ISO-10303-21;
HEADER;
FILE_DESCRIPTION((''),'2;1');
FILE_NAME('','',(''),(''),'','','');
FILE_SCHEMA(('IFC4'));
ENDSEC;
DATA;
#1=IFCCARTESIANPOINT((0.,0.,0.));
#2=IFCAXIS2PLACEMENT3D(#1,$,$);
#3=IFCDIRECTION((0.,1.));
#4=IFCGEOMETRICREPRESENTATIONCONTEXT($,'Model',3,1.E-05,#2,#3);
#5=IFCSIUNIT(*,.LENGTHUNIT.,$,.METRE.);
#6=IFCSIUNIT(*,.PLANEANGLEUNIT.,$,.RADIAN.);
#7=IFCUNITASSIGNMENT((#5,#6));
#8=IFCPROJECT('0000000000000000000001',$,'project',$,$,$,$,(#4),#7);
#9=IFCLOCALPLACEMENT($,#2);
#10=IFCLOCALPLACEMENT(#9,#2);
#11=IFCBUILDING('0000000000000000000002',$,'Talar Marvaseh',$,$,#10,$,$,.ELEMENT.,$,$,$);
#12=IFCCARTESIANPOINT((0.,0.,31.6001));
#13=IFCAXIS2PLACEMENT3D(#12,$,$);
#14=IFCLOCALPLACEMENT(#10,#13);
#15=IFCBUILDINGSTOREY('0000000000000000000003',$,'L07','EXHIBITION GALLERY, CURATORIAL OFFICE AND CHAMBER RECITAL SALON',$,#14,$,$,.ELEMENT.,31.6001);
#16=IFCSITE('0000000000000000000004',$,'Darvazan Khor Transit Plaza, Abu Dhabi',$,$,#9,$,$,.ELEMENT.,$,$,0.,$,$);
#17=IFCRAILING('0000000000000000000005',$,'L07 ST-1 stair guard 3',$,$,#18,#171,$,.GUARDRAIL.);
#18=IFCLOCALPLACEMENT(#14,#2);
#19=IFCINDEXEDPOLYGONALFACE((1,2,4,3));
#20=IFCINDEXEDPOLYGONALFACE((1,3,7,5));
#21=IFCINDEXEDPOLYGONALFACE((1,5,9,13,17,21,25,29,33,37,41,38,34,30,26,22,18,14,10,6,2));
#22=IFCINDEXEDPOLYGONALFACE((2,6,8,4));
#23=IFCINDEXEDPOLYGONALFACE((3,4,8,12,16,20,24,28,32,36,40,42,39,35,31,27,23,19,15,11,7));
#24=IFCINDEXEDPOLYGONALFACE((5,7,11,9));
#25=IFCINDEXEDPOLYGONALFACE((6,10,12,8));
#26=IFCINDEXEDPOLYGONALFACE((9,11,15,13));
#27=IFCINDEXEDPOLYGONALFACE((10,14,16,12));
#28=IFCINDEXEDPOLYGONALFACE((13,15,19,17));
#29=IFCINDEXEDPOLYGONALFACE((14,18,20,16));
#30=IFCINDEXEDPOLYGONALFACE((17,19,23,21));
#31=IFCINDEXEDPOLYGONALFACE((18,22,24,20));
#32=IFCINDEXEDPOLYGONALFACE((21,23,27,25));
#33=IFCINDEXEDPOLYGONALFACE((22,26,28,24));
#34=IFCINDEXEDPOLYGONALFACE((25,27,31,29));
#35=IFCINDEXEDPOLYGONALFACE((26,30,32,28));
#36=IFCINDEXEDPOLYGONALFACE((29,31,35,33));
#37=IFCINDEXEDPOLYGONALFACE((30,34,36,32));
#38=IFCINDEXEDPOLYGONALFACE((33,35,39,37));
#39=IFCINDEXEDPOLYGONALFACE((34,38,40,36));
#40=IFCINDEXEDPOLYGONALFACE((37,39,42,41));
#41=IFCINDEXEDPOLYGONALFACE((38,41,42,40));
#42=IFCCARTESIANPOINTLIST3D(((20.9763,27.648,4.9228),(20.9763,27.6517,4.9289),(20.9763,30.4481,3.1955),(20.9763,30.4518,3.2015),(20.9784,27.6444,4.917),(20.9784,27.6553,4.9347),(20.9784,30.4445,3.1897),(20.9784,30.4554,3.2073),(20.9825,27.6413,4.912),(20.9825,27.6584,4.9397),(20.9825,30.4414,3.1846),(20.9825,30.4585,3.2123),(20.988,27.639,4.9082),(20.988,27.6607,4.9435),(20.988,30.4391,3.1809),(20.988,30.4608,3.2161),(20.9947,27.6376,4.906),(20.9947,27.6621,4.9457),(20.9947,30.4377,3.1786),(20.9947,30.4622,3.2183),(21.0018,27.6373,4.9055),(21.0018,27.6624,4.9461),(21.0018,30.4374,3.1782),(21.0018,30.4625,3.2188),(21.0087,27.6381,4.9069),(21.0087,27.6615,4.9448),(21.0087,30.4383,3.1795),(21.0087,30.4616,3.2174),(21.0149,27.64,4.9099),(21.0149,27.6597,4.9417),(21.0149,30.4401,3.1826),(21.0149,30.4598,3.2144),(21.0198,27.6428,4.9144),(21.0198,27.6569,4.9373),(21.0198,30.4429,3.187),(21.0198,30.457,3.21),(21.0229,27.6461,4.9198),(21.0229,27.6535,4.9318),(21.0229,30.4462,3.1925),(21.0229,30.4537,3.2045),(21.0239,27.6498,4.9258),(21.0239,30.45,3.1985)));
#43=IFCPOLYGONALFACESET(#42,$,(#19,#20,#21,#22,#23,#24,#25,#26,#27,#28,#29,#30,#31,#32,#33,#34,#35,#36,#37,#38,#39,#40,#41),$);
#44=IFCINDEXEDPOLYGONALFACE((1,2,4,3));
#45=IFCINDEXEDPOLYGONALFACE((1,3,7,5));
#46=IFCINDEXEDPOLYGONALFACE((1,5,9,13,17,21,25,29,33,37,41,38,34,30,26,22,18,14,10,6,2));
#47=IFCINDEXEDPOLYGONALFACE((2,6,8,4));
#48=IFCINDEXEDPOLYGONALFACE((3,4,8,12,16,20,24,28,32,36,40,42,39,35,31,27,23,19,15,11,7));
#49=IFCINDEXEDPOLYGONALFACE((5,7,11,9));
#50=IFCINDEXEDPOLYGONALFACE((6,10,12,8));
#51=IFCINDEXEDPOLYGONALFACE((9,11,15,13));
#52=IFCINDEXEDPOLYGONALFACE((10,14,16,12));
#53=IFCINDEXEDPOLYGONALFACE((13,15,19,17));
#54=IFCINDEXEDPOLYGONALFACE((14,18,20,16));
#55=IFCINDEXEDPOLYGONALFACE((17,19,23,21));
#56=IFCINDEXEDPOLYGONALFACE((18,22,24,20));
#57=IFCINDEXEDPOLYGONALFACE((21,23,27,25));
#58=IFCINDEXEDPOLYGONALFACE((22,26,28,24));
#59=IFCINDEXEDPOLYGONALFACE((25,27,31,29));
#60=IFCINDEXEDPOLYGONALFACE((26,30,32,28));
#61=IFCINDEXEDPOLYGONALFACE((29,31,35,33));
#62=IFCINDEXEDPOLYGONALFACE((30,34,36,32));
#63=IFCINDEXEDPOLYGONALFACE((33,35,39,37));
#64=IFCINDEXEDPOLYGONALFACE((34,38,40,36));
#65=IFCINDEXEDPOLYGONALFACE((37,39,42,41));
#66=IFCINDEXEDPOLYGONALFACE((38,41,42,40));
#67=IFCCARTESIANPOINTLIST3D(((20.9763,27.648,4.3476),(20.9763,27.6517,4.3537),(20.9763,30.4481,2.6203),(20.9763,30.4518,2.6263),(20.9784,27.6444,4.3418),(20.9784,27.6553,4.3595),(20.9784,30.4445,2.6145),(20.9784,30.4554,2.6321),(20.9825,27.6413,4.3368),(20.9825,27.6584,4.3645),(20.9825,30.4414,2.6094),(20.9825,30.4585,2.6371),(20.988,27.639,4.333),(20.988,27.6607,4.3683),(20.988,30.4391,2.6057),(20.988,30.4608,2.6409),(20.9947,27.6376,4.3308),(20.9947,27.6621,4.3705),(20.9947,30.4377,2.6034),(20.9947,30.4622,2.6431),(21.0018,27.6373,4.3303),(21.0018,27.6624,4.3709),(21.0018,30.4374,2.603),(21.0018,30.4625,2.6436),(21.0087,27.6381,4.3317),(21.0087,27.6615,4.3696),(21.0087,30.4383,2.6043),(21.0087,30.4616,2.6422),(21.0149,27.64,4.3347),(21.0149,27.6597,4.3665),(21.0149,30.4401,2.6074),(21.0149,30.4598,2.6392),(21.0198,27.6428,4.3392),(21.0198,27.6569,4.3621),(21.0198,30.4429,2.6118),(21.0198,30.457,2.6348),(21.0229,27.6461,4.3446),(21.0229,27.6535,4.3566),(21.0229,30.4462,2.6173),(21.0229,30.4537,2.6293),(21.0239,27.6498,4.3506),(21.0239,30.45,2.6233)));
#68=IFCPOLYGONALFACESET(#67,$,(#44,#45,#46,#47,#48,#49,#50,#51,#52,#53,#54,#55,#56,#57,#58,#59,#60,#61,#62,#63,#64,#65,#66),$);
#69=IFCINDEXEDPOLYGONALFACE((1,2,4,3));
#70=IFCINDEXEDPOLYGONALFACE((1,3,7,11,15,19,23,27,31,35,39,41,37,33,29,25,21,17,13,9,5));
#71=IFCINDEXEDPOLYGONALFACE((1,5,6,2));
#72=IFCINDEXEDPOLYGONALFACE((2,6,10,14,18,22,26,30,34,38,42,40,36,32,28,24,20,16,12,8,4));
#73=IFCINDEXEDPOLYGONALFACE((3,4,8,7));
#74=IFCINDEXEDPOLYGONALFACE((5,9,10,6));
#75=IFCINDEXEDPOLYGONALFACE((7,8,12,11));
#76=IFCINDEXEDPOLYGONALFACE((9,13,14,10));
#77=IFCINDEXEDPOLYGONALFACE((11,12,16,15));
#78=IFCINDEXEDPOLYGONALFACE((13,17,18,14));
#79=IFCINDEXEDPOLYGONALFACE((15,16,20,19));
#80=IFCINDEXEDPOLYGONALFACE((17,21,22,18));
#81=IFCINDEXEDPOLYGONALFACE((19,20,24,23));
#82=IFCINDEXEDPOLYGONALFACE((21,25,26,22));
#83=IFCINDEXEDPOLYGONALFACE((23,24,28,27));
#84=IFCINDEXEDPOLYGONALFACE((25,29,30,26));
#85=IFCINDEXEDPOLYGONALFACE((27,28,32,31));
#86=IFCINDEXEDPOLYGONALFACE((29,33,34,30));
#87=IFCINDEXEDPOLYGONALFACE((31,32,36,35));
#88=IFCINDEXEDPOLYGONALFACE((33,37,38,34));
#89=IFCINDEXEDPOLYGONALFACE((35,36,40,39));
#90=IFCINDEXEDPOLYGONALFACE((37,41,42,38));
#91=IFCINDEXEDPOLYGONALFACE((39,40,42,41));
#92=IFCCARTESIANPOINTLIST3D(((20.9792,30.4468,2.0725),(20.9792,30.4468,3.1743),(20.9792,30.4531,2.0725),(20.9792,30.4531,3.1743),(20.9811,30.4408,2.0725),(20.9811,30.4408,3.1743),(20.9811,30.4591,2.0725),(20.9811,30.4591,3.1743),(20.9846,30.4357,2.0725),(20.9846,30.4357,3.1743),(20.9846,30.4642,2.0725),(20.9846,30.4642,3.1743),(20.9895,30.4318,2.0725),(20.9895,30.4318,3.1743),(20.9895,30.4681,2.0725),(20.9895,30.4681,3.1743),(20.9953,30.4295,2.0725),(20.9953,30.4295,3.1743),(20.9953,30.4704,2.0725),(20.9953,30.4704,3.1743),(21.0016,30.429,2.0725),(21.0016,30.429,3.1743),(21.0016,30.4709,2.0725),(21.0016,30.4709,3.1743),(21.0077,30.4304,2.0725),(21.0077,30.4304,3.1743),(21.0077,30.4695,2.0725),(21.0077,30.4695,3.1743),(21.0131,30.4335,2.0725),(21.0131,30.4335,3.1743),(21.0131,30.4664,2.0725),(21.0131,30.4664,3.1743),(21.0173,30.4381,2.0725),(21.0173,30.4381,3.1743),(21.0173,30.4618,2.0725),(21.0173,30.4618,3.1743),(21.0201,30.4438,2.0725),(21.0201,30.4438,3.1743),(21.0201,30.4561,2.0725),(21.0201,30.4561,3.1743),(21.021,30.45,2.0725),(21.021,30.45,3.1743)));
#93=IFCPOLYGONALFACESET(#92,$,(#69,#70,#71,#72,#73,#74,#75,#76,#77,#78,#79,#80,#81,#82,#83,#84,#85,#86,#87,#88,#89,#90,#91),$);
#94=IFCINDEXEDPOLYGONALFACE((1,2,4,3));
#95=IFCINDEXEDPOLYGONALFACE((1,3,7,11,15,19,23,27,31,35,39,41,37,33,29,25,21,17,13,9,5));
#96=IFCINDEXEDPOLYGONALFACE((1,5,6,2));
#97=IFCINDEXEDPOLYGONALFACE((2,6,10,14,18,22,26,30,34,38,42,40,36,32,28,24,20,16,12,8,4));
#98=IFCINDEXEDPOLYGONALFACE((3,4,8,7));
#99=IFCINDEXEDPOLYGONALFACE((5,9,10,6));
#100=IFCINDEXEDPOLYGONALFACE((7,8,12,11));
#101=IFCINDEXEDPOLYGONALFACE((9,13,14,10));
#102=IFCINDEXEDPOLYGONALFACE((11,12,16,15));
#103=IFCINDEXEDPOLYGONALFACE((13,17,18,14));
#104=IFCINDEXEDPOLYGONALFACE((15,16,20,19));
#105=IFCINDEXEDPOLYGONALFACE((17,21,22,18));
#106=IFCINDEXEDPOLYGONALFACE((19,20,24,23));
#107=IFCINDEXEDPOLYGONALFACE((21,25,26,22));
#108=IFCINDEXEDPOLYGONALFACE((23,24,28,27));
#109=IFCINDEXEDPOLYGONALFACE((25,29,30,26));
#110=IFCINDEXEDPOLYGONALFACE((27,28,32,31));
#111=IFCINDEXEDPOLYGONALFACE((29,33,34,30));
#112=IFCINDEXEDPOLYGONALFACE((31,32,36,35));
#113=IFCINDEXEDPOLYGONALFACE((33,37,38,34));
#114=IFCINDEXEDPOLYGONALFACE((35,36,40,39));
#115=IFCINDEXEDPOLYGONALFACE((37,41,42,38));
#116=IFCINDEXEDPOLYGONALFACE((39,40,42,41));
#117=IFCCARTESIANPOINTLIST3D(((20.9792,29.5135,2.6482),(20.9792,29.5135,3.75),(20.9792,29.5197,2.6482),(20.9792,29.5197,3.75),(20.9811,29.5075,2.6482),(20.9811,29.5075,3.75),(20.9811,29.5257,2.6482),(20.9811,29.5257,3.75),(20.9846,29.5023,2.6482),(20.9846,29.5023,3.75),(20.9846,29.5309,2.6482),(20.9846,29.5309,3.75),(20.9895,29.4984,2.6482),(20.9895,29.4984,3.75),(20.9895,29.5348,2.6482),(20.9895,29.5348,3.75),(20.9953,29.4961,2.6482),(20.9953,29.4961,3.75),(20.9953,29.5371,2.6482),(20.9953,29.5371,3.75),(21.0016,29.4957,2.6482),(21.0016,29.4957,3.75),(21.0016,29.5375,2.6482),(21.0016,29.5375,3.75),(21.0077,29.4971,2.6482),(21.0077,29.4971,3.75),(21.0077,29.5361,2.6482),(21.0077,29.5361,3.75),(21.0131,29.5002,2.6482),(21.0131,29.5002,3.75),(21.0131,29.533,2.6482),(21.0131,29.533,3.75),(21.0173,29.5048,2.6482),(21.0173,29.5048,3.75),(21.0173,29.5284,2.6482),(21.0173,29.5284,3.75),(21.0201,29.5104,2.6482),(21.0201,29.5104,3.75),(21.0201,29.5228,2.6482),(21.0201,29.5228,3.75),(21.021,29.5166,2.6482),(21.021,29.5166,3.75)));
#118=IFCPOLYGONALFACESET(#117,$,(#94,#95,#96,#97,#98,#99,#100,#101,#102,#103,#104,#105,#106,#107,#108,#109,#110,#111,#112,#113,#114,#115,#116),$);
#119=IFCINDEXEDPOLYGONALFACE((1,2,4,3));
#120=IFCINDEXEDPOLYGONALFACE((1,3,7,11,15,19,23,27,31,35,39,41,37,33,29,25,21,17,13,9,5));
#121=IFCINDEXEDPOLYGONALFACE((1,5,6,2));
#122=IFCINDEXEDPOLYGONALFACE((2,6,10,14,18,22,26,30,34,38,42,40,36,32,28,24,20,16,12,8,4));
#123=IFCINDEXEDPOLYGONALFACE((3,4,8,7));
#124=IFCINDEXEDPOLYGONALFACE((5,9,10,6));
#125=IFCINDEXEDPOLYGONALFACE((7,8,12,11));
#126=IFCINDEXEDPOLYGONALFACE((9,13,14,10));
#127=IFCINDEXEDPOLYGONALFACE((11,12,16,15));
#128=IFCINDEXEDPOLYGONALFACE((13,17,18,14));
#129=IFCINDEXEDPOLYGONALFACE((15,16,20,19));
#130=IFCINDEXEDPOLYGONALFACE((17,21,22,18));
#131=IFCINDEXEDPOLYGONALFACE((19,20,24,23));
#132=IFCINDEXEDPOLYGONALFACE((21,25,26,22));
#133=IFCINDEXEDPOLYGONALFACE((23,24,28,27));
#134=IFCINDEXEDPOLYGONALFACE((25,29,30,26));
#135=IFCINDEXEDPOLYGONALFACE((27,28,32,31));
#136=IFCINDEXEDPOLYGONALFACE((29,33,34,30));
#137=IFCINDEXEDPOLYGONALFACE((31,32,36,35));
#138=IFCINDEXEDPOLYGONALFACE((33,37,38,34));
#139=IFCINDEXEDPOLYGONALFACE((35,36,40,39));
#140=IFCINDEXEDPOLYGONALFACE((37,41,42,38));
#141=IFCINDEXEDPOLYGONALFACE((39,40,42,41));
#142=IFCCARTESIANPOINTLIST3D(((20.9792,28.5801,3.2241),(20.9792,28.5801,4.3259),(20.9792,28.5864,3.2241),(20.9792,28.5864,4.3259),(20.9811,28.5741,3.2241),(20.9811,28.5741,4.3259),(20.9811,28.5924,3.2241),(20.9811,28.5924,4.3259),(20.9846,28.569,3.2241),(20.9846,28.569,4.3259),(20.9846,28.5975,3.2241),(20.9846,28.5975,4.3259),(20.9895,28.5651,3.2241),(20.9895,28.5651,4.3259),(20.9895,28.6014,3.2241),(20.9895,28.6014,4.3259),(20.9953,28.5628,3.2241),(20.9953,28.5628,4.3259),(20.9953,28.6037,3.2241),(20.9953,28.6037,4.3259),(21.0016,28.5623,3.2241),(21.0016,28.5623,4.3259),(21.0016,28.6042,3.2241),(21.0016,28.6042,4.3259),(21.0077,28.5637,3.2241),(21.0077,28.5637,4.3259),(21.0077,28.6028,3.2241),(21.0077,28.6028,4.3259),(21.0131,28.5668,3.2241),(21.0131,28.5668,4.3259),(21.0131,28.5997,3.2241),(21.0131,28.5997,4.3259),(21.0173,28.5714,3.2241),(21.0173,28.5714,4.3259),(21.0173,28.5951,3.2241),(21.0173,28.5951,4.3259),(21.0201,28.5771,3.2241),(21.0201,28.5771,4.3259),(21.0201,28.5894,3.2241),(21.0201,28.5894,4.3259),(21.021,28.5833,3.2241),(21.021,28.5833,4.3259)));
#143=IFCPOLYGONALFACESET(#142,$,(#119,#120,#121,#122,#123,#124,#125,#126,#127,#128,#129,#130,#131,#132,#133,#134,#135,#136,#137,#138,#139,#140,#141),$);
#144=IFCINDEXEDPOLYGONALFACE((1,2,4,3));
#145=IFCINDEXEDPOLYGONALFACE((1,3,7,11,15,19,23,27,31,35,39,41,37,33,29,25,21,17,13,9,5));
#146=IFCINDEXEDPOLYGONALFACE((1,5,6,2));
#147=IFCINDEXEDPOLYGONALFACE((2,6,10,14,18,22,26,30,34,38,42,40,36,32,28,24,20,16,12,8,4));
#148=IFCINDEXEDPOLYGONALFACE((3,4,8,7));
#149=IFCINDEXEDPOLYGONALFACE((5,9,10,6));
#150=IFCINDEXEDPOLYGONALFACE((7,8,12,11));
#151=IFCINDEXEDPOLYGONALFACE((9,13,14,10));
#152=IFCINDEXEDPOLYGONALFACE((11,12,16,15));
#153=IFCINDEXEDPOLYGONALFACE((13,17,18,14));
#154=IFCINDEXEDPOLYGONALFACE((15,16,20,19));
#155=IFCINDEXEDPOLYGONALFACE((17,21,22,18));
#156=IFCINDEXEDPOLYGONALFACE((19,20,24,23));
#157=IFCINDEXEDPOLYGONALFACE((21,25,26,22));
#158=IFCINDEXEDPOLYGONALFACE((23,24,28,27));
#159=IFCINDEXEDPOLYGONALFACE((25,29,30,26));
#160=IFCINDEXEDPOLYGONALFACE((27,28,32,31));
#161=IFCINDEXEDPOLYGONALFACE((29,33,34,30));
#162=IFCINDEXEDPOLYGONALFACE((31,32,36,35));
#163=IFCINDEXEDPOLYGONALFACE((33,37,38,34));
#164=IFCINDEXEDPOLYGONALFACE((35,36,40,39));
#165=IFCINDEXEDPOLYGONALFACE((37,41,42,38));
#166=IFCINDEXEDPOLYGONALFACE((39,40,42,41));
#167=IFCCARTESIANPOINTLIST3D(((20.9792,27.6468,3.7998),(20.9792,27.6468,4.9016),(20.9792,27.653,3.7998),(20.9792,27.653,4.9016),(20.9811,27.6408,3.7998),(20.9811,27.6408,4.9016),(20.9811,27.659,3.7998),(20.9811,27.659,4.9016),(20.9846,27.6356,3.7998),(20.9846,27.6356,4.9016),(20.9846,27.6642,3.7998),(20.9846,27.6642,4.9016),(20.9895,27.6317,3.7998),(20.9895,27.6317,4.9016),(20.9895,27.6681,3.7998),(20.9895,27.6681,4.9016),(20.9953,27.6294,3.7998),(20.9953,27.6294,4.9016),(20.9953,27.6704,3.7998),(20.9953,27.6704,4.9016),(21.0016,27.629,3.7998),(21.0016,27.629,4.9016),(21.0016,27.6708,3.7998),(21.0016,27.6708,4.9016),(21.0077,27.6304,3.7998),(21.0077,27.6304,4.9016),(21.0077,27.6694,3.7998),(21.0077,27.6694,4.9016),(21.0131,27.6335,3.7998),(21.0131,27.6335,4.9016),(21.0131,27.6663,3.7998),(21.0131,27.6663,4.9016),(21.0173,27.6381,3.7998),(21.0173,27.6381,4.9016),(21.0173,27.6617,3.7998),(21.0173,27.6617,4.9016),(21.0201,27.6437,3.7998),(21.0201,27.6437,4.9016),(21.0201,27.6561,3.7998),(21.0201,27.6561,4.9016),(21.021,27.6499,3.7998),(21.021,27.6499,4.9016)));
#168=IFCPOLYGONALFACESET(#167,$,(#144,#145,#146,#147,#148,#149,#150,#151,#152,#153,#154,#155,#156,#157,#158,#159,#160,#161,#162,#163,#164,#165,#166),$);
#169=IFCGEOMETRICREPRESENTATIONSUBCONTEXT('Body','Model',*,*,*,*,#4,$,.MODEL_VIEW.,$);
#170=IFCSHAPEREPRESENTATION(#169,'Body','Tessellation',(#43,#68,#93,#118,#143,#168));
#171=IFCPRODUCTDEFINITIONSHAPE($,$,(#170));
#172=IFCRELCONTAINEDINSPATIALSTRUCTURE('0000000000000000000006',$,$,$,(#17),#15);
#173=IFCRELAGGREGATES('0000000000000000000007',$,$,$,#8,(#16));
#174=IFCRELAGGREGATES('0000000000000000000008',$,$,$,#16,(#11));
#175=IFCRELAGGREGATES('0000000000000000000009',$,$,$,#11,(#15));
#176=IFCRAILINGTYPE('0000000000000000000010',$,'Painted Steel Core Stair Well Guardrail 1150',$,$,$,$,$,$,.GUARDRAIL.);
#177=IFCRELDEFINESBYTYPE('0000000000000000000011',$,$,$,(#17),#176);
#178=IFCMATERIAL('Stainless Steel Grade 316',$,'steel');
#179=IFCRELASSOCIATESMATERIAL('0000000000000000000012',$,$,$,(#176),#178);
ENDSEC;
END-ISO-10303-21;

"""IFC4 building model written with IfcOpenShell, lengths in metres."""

from ifc_helpers import new_model, si_unit, direction, frame, origin, origin_2d, place, context, subcontext, project, spatial, circle, extrude, material, type_object, element, save


model = new_model("IFC4")

# Units and contexts
model_context = context("Model", 3, precision=1e-05, world=origin(), true_north=direction((0.0, 1.0)))
body_context = subcontext(model_context, "Body", "Model", "MODEL_VIEW")
ifc_project = project(units=[si_unit("LENGTHUNIT", "METRE"), si_unit("PLANEANGLEUNIT", "RADIAN")], contexts=[model_context])

# Site, building, storey
site_placement = place(None, origin())
site = spatial("IfcSite", under=ifc_project, at=site_placement, Name="Darvazan Khor Transit Plaza, Abu Dhabi", CompositionType="ELEMENT", RefElevation=0.0)
building_placement = place(site_placement, origin())
building = spatial("IfcBuilding", under=site, at=building_placement, Name="Talar Marvaseh", CompositionType="ELEMENT")
storey_placement = place(building_placement, frame((0.0, 0.0, 31.6001)))
storey = spatial("IfcBuildingStorey", under=building, at=storey_placement, Name="L07", Description="EXHIBITION GALLERY, CURATORIAL OFFICE AND CHAMBER RECITAL SALON", CompositionType="ELEMENT", Elevation=31.6001)

# Railing
ifc_material_1 = material(Name="Stainless Steel Grade 316", Category="steel")
railing_type_1 = type_object("IfcRailingType", Name="Painted Steel Core Stair Well Guardrail 1150", PredefinedType="GUARDRAIL", material=ifc_material_1)
railing_1_placement = place(storey_placement, frame((21.0, 30.45, 2.0725)))
element("IfcRailing", 1, at=railing_1_placement, inside=storey, type_object=railing_type_1, Name="L07 ST-1 stair guard 3", PredefinedType="GUARDRAIL", context=body_context, shape_type="SweptSolid", body=[
    extrude(circle(Radius=0.0239, at=origin_2d()), frame((0.0, 0.0, 1.126), z_axis=(0.0, -0.85109, 0.52502), x_axis=(1.0, 0.0, 0.0)), (0.0, 0.0, 1.0), 3.29),
    extrude(circle(Radius=0.0239, at=origin_2d()), frame((0.0, 0.0, 0.5508), z_axis=(0.0, -0.85109, 0.52502), x_axis=(1.0, 0.0, 0.0)), (0.0, 0.0, 1.0), 3.29),
    extrude(circle(Radius=0.021, at=origin_2d()), origin(), (0.0, 0.0, 1.0), 1.1018),
    extrude(circle(Radius=0.021, at=origin_2d()), frame((0.0, -0.9333, 0.5757)), (0.0, 0.0, 1.0), 1.1018),
    extrude(circle(Radius=0.021, at=origin_2d()), frame((0.0, -1.8667, 1.1516)), (0.0, 0.0, 1.0), 1.1018),
    extrude(circle(Radius=0.021, at=origin_2d()), frame((0.0, -2.8, 1.7273)), (0.0, 0.0, 1.0), 1.1018),
])

save(model, "model.ifc")
